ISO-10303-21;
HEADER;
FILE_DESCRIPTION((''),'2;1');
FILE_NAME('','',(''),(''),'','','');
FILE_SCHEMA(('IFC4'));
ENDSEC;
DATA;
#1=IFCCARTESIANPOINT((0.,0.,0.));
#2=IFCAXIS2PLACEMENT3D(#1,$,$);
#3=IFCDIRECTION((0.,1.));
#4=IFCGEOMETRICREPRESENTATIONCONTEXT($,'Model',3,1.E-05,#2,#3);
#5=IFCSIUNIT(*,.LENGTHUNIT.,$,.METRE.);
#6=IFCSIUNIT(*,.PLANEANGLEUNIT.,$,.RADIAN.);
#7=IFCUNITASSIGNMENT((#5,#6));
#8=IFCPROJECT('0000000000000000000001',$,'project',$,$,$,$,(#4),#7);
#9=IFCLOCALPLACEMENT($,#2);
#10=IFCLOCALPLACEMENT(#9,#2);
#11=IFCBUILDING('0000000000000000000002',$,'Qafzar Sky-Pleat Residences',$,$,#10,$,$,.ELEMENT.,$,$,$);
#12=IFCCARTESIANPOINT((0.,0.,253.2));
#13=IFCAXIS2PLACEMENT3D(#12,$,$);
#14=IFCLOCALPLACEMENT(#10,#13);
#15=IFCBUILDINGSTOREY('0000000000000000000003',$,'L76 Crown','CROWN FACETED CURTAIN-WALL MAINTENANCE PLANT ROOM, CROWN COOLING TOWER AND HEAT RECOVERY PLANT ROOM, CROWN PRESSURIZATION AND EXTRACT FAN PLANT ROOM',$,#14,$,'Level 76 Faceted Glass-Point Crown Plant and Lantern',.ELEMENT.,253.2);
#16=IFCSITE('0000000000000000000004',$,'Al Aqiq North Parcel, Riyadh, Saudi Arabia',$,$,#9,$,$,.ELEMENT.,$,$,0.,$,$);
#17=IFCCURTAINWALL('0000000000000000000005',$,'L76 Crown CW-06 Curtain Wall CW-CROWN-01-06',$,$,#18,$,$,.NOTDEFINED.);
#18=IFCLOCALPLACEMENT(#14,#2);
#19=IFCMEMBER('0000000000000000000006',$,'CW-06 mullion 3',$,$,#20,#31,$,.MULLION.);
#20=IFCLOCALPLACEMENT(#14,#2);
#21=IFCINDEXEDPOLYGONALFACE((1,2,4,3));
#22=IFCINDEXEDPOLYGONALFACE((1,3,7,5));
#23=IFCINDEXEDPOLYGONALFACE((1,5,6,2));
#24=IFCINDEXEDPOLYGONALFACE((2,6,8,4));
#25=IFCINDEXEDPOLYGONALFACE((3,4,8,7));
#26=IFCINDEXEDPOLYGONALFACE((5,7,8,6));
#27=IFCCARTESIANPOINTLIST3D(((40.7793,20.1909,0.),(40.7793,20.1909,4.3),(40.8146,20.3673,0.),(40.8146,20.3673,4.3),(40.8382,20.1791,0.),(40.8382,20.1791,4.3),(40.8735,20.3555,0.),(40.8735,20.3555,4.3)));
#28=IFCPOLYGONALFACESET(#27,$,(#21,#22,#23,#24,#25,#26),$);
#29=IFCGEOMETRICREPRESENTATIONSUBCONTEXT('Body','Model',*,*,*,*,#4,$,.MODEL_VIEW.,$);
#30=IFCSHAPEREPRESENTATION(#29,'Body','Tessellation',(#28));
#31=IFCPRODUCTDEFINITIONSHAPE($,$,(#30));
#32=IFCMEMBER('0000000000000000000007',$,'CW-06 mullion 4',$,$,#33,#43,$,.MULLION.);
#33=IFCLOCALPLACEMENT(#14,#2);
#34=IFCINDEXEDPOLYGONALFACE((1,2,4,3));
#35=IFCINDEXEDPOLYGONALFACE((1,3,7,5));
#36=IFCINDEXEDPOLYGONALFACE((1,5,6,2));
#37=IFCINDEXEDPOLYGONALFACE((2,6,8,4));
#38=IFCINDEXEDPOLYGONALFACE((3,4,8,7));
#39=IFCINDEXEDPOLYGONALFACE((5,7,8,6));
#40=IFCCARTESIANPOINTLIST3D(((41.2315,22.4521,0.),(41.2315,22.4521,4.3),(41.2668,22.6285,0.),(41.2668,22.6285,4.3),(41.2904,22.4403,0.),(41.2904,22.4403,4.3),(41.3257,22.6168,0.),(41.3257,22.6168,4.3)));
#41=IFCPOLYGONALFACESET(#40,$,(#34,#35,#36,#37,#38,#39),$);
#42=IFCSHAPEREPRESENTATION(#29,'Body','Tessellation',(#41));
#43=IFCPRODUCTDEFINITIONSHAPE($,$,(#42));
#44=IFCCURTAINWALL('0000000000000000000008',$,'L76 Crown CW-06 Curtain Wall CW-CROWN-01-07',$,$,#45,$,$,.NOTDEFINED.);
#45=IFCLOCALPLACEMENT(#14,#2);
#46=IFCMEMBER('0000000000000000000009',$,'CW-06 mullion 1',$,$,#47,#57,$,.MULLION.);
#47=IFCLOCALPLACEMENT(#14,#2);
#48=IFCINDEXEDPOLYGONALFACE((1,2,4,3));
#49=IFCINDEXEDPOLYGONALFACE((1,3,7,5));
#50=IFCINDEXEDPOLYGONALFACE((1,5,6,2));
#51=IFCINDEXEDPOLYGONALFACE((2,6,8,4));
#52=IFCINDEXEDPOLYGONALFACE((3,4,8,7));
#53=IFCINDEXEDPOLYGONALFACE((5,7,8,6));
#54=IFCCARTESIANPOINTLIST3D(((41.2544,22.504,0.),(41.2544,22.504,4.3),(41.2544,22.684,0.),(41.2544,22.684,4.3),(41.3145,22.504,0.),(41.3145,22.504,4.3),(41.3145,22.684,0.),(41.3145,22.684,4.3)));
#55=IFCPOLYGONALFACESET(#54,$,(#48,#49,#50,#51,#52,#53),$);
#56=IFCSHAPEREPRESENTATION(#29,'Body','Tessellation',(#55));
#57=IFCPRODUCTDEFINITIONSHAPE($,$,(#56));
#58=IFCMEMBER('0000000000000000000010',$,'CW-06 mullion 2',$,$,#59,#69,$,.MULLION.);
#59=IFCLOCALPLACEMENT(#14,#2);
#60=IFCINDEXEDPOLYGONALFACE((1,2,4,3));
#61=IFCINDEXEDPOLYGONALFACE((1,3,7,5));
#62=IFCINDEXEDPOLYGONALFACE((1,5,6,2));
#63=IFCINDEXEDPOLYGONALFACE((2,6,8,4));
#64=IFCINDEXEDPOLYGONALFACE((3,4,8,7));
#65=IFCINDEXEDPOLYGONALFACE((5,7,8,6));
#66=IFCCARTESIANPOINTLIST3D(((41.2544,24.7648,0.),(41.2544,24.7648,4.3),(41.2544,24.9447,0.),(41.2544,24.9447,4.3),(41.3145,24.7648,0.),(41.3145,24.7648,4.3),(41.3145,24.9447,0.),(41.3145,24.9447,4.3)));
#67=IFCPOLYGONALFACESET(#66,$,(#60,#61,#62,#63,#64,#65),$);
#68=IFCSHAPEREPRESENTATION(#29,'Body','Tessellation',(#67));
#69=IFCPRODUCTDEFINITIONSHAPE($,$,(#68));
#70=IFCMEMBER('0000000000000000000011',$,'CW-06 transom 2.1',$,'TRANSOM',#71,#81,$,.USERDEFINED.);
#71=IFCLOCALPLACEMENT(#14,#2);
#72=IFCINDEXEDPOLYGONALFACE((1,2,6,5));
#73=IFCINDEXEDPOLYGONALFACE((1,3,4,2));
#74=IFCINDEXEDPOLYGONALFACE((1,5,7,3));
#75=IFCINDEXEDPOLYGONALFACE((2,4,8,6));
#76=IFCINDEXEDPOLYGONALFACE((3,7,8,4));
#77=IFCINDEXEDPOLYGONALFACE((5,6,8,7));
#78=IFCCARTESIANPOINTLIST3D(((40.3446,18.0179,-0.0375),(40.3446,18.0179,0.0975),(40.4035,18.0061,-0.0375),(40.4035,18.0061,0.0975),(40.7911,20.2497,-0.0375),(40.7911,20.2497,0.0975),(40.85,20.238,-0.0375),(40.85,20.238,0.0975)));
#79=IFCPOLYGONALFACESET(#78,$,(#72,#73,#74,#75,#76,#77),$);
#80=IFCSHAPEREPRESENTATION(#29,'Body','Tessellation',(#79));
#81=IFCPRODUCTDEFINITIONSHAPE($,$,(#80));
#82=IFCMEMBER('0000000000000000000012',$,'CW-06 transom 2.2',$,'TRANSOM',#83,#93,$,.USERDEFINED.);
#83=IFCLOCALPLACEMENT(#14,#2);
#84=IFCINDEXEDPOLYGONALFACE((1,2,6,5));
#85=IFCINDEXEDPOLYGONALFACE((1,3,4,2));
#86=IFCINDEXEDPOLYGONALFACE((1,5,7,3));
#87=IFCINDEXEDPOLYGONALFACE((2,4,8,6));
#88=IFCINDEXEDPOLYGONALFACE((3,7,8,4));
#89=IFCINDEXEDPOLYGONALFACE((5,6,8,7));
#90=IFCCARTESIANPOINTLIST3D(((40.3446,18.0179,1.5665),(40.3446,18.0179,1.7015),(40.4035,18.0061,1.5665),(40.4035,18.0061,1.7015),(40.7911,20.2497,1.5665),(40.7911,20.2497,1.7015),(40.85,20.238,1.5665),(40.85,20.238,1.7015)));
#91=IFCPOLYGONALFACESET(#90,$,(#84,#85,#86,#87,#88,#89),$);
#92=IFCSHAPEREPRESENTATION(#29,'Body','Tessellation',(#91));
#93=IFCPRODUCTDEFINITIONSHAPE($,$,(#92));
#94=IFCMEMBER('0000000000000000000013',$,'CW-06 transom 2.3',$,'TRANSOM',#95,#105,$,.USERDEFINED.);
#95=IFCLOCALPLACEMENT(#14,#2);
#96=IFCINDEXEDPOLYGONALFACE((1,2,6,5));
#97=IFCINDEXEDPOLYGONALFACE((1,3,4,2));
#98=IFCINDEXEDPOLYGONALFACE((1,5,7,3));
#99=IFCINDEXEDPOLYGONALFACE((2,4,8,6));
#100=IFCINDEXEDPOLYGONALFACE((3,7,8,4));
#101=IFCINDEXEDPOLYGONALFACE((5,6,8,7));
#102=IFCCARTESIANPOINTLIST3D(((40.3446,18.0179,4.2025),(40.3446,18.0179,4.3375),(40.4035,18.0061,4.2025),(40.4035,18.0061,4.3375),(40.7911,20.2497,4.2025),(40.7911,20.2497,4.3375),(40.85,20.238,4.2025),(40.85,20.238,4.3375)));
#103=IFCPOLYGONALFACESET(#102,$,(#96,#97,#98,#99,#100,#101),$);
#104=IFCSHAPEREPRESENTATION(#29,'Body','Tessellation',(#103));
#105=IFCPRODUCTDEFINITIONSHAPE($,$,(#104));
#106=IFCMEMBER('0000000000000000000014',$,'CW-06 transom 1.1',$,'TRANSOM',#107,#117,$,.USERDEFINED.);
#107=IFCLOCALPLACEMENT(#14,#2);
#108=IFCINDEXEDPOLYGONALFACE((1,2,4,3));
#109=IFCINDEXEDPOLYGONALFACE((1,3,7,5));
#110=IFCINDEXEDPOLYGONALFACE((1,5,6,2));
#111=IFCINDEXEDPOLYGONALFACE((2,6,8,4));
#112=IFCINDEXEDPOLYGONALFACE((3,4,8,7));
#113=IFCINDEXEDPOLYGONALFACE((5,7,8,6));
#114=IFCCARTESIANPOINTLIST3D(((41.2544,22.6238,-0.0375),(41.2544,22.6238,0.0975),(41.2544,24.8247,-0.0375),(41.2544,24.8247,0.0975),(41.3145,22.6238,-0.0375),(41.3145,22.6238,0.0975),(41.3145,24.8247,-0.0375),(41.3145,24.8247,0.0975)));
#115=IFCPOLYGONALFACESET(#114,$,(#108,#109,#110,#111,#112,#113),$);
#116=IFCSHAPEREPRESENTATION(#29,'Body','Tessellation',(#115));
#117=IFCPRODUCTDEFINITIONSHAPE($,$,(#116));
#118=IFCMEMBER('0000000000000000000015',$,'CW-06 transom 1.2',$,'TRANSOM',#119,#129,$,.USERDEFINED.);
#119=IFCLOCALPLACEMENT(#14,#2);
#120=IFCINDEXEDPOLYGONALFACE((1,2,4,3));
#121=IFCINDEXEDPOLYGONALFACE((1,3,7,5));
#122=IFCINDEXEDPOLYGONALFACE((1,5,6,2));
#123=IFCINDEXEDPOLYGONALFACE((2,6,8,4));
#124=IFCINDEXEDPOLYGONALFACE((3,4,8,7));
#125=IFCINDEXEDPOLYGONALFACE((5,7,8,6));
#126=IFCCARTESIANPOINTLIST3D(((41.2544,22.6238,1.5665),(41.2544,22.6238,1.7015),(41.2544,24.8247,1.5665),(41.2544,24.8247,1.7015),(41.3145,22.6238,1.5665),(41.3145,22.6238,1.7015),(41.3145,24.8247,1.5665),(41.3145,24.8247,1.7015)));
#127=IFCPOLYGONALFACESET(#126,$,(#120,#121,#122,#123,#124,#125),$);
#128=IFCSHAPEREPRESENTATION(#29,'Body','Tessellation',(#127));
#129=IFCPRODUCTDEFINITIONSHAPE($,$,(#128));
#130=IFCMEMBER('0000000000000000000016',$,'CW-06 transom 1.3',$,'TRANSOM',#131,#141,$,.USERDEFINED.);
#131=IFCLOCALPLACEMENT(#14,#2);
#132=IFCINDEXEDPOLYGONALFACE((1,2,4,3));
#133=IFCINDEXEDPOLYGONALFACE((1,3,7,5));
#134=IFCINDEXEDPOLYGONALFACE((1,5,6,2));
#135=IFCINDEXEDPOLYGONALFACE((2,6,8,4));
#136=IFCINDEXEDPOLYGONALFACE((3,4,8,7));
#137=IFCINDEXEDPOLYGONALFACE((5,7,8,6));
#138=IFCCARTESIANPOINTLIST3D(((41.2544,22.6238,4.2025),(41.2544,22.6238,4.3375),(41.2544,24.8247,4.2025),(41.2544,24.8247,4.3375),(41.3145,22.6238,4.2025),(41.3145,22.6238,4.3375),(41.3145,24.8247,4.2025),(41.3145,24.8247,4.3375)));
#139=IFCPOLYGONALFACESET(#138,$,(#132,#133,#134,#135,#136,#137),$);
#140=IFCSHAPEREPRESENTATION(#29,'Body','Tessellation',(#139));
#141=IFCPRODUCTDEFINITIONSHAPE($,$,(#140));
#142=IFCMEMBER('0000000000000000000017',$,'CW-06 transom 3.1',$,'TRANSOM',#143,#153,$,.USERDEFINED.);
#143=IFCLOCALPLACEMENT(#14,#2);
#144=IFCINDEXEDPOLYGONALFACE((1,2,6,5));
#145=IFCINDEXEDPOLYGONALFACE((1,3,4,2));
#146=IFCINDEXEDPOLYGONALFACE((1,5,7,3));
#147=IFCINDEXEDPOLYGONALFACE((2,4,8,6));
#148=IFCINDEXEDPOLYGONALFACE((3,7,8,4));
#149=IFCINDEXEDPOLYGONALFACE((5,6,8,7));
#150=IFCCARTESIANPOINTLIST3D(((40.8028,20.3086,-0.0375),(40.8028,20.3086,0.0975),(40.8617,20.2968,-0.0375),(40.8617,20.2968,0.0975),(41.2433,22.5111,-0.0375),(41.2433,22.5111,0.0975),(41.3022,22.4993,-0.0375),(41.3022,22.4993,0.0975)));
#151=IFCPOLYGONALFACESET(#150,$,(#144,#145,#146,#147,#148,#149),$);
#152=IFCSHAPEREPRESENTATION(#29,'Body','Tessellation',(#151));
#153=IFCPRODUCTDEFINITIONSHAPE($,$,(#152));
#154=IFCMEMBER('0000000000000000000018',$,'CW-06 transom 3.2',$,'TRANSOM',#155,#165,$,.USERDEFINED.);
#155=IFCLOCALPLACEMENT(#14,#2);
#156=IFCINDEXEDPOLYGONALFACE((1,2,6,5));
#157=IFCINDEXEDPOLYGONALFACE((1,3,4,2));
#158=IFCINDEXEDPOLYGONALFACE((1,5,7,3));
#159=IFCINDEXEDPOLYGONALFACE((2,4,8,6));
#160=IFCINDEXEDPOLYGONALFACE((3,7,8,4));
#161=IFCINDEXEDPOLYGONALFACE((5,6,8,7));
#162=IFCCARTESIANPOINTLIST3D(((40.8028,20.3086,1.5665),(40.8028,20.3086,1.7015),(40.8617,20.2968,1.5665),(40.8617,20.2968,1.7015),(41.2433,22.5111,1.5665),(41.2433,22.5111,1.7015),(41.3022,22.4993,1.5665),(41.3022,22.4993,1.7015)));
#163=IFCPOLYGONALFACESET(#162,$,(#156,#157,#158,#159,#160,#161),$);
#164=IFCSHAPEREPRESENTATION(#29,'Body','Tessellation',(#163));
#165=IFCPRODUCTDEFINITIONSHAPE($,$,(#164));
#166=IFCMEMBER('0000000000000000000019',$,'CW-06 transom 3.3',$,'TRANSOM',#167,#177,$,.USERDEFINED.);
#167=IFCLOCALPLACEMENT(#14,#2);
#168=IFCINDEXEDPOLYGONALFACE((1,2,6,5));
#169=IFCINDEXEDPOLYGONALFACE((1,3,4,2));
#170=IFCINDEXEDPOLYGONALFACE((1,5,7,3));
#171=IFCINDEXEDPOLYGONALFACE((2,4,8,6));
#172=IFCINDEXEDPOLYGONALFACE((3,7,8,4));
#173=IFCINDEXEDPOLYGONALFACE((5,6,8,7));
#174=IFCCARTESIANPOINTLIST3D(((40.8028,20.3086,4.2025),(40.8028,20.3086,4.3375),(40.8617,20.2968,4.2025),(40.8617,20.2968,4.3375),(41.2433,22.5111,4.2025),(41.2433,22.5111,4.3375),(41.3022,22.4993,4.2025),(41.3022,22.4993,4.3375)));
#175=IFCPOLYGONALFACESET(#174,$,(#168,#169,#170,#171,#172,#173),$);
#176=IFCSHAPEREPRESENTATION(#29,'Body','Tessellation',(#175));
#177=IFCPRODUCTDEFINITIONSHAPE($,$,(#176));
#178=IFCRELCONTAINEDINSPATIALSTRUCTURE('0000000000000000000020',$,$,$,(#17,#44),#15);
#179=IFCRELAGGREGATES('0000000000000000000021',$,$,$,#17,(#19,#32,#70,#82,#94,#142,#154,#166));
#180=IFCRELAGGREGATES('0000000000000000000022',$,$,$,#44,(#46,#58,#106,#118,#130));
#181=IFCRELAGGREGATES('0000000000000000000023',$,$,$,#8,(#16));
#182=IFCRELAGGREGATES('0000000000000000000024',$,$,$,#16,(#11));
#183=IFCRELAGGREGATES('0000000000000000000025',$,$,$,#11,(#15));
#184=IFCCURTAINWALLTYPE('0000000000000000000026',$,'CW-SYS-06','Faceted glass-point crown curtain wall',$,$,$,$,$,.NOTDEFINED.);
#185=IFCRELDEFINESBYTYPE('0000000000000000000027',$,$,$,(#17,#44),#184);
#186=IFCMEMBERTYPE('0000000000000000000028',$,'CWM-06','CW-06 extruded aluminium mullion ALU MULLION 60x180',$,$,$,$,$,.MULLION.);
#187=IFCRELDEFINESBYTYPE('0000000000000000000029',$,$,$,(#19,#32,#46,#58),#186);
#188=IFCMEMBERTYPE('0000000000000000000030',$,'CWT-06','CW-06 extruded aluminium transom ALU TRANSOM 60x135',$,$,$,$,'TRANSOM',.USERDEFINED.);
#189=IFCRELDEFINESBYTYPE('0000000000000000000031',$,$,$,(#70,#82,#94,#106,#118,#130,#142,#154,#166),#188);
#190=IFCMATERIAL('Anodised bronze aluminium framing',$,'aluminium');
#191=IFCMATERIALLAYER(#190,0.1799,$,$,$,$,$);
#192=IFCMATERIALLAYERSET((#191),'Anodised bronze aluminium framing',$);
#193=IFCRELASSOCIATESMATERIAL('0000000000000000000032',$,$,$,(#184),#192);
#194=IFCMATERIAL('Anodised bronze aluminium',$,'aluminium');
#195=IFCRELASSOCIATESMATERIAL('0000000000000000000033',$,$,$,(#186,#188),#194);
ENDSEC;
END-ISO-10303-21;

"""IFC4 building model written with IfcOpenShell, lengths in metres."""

from ifc_helpers import new_model, si_unit, direction, frame, origin, origin_2d, place, context, subcontext, project, spatial, rectangle, extrude, source, transform, mapped, material, layer, layer_set, material_profile, profile_set, type_object, element, aggregate, save


model = new_model("IFC4")

# Units and contexts
model_context = context("Model", 3, precision=1e-05, world=origin(), true_north=direction((0.0, 1.0)))
body_context = subcontext(model_context, "Body", "Model", "MODEL_VIEW")
ifc_project = project(units=[si_unit("LENGTHUNIT", "METRE"), si_unit("PLANEANGLEUNIT", "RADIAN")], contexts=[model_context])

# Site, building, storey
site_placement = place(None, origin())
site = spatial("IfcSite", under=ifc_project, at=site_placement, Name="Al Aqiq North Parcel, Riyadh, Saudi Arabia", CompositionType="ELEMENT", RefElevation=0.0)
building_placement = place(site_placement, origin())
building = spatial("IfcBuilding", under=site, at=building_placement, Name="Qafzar Sky-Pleat Residences", CompositionType="ELEMENT")
storey_placement = place(building_placement, frame((0.0, 0.0, 253.2)))
storey = spatial("IfcBuildingStorey", under=building, at=storey_placement, Name="L76 Crown", Description="CROWN FACETED CURTAIN-WALL MAINTENANCE PLANT ROOM, CROWN COOLING TOWER AND HEAT RECOVERY PLANT ROOM, CROWN PRESSURIZATION AND EXTRACT FAN PLANT ROOM", LongName="Level 76 Faceted Glass-Point Crown Plant and Lantern", CompositionType="ELEMENT", Elevation=253.2)

# Curtain walls, members
ifc_material_1 = material(Name="Anodised bronze aluminium framing", Category="aluminium")
ifc_layer_1 = layer(ifc_material_1, 0.1799)
ifc_layer_set_1 = layer_set([ifc_layer_1], Name="Anodised bronze aluminium framing")
curtain_wall_type = type_object("IfcCurtainWallType", Name="CW-SYS-06", Description="Faceted glass-point crown curtain wall", PredefinedType="NOTDEFINED", material=ifc_layer_set_1)
curtain_wall_1_placement = place(storey_placement, origin())
curtain_wall_1 = element("IfcCurtainWall", 1, at=curtain_wall_1_placement, inside=storey, type_object=curtain_wall_type, Name="L76 Crown CW-06 Curtain Wall CW-CROWN-01-06", PredefinedType="NOTDEFINED")
ifc_material_2 = material(Name="Anodised bronze aluminium", Category="aluminium")
ifc_material_profile_1 = material_profile(ifc_material_2, rectangle(XDim=0.0601, YDim=0.1799, at=origin_2d()), Name="ALU MULLION 60x180")
ifc_profile_set_1 = profile_set([ifc_material_profile_1], Name="Anodised bronze aluminium")
member_type_1 = type_object("IfcMemberType", Name="CWM-06", Description="CW-06 extruded aluminium mullion ALU MULLION 60x180", PredefinedType="MULLION", material=ifc_profile_set_1)
shared_shape_1 = source(origin(), body_context, "Body", "SweptSolid", [
    extrude(rectangle(XDim=0.0601, YDim=0.1799, at=origin_2d()), origin(), (0.0, 0.0, 1.0), 4.3),
])
member_1_placement = place(storey_placement, frame((40.8264, 20.2732, 0.0), z_axis=(0.0, 0.0, 1.0), x_axis=(-0.980581, 0.196113, 0.0)))
member_1 = element("IfcMember", 2, at=member_1_placement, type_object=member_type_1, Name="CW-06 mullion 3", PredefinedType="MULLION", context=body_context, shape_type="MappedRepresentation", body=[
    mapped(shared_shape_1, transform((0.0, 0.0, 0.0), x_axis=(1.0, 0.0, 0.0), y_axis=(0.0, 1.0, 0.0), z_axis=(0.0, 0.0, 1.0), scale=1.0)),
])
member_2_placement = place(storey_placement, frame((41.2786, 22.5344, 0.0), z_axis=(0.0, 0.0, 1.0), x_axis=(-0.980581, 0.196113, 0.0)))
member_2 = element("IfcMember", 3, at=member_2_placement, type_object=member_type_1, Name="CW-06 mullion 4", PredefinedType="MULLION", context=body_context, shape_type="MappedRepresentation", body=[
    mapped(shared_shape_1, transform((0.0, 0.0, 0.0), x_axis=(1.0, 0.0, 0.0), y_axis=(0.0, 1.0, 0.0), z_axis=(0.0, 0.0, 1.0), scale=1.0)),
])
curtain_wall_2_placement = place(storey_placement, origin())
curtain_wall_2 = element("IfcCurtainWall", 4, at=curtain_wall_2_placement, inside=storey, type_object=curtain_wall_type, Name="L76 Crown CW-06 Curtain Wall CW-CROWN-01-07", PredefinedType="NOTDEFINED")
member_3_placement = place(storey_placement, frame((41.2844, 22.594, 0.0), z_axis=(0.0, 0.0, 1.0), x_axis=(-1.0, 0.0, 0.0)))
member_3 = element("IfcMember", 5, at=member_3_placement, type_object=member_type_1, Name="CW-06 mullion 1", PredefinedType="MULLION", context=body_context, shape_type="MappedRepresentation", body=[
    mapped(shared_shape_1, transform((0.0, 0.0, 0.0), x_axis=(1.0, 0.0, 0.0), y_axis=(0.0, 1.0, 0.0), z_axis=(0.0, 0.0, 1.0), scale=1.0)),
])
member_4_placement = place(storey_placement, frame((41.2844, 24.8547, 0.0), z_axis=(0.0, 0.0, 1.0), x_axis=(-1.0, 0.0, 0.0)))
member_4 = element("IfcMember", 6, at=member_4_placement, type_object=member_type_1, Name="CW-06 mullion 2", PredefinedType="MULLION", context=body_context, shape_type="MappedRepresentation", body=[
    mapped(shared_shape_1, transform((0.0, 0.0, 0.0), x_axis=(1.0, 0.0, 0.0), y_axis=(0.0, 1.0, 0.0), z_axis=(0.0, 0.0, 1.0), scale=1.0)),
])

# Members
ifc_material_profile_2 = material_profile(ifc_material_2, rectangle(XDim=0.0601, YDim=0.135, at=origin_2d()), Name="ALU TRANSOM 60x135")
ifc_profile_set_2 = profile_set([ifc_material_profile_2], Name="Anodised bronze aluminium")
member_type_2 = type_object("IfcMemberType", Name="CWT-06", Description="CW-06 extruded aluminium transom ALU TRANSOM 60x135", ElementType="TRANSOM", PredefinedType="USERDEFINED", material=ifc_profile_set_2)
shared_shape_2 = source(origin(), body_context, "Body", "SweptSolid", [
    extrude(rectangle(XDim=0.0601, YDim=0.135, at=origin_2d()), origin(), (0.0, 0.0, 1.0), 2.2761),
])
member_5_placement = place(storey_placement, frame((40.374, 18.012, 0.03), z_axis=(0.196178, 0.980568, 0.0), x_axis=(-0.980568, 0.196178, 0.0)))
member_5 = element("IfcMember", 7, at=member_5_placement, type_object=member_type_2, Name="CW-06 transom 2.1", ObjectType="TRANSOM", PredefinedType="USERDEFINED", context=body_context, shape_type="MappedRepresentation", body=[
    mapped(shared_shape_2, transform((0.0, 0.0, 0.0), x_axis=(1.0, 0.0, 0.0), y_axis=(0.0, 1.0, 0.0), z_axis=(0.0, 0.0, 1.0), scale=1.0)),
])
member_6_placement = place(storey_placement, frame((40.374, 18.012, 1.634), z_axis=(0.196178, 0.980568, 0.0), x_axis=(-0.980568, 0.196178, 0.0)))
member_6 = element("IfcMember", 8, at=member_6_placement, type_object=member_type_2, Name="CW-06 transom 2.2", ObjectType="TRANSOM", PredefinedType="USERDEFINED", context=body_context, shape_type="MappedRepresentation", body=[
    mapped(shared_shape_2, transform((0.0, 0.0, 0.0), x_axis=(1.0, 0.0, 0.0), y_axis=(0.0, 1.0, 0.0), z_axis=(0.0, 0.0, 1.0), scale=1.0)),
])
member_7_placement = place(storey_placement, frame((40.374, 18.012, 4.27), z_axis=(0.196178, 0.980568, 0.0), x_axis=(-0.980568, 0.196178, 0.0)))
member_7 = element("IfcMember", 9, at=member_7_placement, type_object=member_type_2, Name="CW-06 transom 2.3", ObjectType="TRANSOM", PredefinedType="USERDEFINED", context=body_context, shape_type="MappedRepresentation", body=[
    mapped(shared_shape_2, transform((0.0, 0.0, 0.0), x_axis=(1.0, 0.0, 0.0), y_axis=(0.0, 1.0, 0.0), z_axis=(0.0, 0.0, 1.0), scale=1.0)),
])
shared_shape_3 = source(origin(), body_context, "Body", "SweptSolid", [
    extrude(rectangle(XDim=0.0601, YDim=0.135, at=origin_2d()), origin(), (0.0, 0.0, 1.0), 2.2009),
])
member_8_placement = place(storey_placement, frame((41.2844, 22.6238, 0.03), z_axis=(0.0, 1.0, 0.0), x_axis=(-1.0, 0.0, 0.0)))
member_8 = element("IfcMember", 10, at=member_8_placement, type_object=member_type_2, Name="CW-06 transom 1.1", ObjectType="TRANSOM", PredefinedType="USERDEFINED", context=body_context, shape_type="MappedRepresentation", body=[
    mapped(shared_shape_3, transform((0.0, 0.0, 0.0), x_axis=(1.0, 0.0, 0.0), y_axis=(0.0, 1.0, 0.0), z_axis=(0.0, 0.0, 1.0), scale=1.0)),
])
member_9_placement = place(storey_placement, frame((41.2844, 22.6238, 1.634), z_axis=(0.0, 1.0, 0.0), x_axis=(-1.0, 0.0, 0.0)))
member_9 = element("IfcMember", 11, at=member_9_placement, type_object=member_type_2, Name="CW-06 transom 1.2", ObjectType="TRANSOM", PredefinedType="USERDEFINED", context=body_context, shape_type="MappedRepresentation", body=[
    mapped(shared_shape_3, transform((0.0, 0.0, 0.0), x_axis=(1.0, 0.0, 0.0), y_axis=(0.0, 1.0, 0.0), z_axis=(0.0, 0.0, 1.0), scale=1.0)),
])
member_10_placement = place(storey_placement, frame((41.2844, 22.6238, 4.27), z_axis=(0.0, 1.0, 0.0), x_axis=(-1.0, 0.0, 0.0)))
member_10 = element("IfcMember", 12, at=member_10_placement, type_object=member_type_2, Name="CW-06 transom 1.3", ObjectType="TRANSOM", PredefinedType="USERDEFINED", context=body_context, shape_type="MappedRepresentation", body=[
    mapped(shared_shape_3, transform((0.0, 0.0, 0.0), x_axis=(1.0, 0.0, 0.0), y_axis=(0.0, 1.0, 0.0), z_axis=(0.0, 0.0, 1.0), scale=1.0)),
])
shared_shape_4 = source(origin(), body_context, "Body", "SweptSolid", [
    extrude(rectangle(XDim=0.0601, YDim=0.135, at=origin_2d()), origin(), (0.0, 0.0, 1.0), 2.2461),
])
member_11_placement = place(storey_placement, frame((40.8323, 20.3027, 0.03), z_axis=(0.196095, 0.980585, 0.0), x_axis=(-0.980585, 0.196095, 0.0)))
member_11 = element("IfcMember", 13, at=member_11_placement, type_object=member_type_2, Name="CW-06 transom 3.1", ObjectType="TRANSOM", PredefinedType="USERDEFINED", context=body_context, shape_type="MappedRepresentation", body=[
    mapped(shared_shape_4, transform((0.0, 0.0, 0.0), x_axis=(1.0, 0.0, 0.0), y_axis=(0.0, 1.0, 0.0), z_axis=(0.0, 0.0, 1.0), scale=1.0)),
])
member_12_placement = place(storey_placement, frame((40.8323, 20.3027, 1.634), z_axis=(0.196095, 0.980585, 0.0), x_axis=(-0.980585, 0.196095, 0.0)))
member_12 = element("IfcMember", 14, at=member_12_placement, type_object=member_type_2, Name="CW-06 transom 3.2", ObjectType="TRANSOM", PredefinedType="USERDEFINED", context=body_context, shape_type="MappedRepresentation", body=[
    mapped(shared_shape_4, transform((0.0, 0.0, 0.0), x_axis=(1.0, 0.0, 0.0), y_axis=(0.0, 1.0, 0.0), z_axis=(0.0, 0.0, 1.0), scale=1.0)),
])
member_13_placement = place(storey_placement, frame((40.8323, 20.3027, 4.27), z_axis=(0.196095, 0.980585, 0.0), x_axis=(-0.980585, 0.196095, 0.0)))
member_13 = element("IfcMember", 15, at=member_13_placement, type_object=member_type_2, Name="CW-06 transom 3.3", ObjectType="TRANSOM", PredefinedType="USERDEFINED", context=body_context, shape_type="MappedRepresentation", body=[
    mapped(shared_shape_4, transform((0.0, 0.0, 0.0), x_axis=(1.0, 0.0, 0.0), y_axis=(0.0, 1.0, 0.0), z_axis=(0.0, 0.0, 1.0), scale=1.0)),
])

aggregate(curtain_wall_1, [member_1, member_2, member_5, member_6, member_7, member_11, member_12, member_13])
aggregate(curtain_wall_2, [member_3, member_4, member_8, member_9, member_10])

save(model, "model.ifc")
